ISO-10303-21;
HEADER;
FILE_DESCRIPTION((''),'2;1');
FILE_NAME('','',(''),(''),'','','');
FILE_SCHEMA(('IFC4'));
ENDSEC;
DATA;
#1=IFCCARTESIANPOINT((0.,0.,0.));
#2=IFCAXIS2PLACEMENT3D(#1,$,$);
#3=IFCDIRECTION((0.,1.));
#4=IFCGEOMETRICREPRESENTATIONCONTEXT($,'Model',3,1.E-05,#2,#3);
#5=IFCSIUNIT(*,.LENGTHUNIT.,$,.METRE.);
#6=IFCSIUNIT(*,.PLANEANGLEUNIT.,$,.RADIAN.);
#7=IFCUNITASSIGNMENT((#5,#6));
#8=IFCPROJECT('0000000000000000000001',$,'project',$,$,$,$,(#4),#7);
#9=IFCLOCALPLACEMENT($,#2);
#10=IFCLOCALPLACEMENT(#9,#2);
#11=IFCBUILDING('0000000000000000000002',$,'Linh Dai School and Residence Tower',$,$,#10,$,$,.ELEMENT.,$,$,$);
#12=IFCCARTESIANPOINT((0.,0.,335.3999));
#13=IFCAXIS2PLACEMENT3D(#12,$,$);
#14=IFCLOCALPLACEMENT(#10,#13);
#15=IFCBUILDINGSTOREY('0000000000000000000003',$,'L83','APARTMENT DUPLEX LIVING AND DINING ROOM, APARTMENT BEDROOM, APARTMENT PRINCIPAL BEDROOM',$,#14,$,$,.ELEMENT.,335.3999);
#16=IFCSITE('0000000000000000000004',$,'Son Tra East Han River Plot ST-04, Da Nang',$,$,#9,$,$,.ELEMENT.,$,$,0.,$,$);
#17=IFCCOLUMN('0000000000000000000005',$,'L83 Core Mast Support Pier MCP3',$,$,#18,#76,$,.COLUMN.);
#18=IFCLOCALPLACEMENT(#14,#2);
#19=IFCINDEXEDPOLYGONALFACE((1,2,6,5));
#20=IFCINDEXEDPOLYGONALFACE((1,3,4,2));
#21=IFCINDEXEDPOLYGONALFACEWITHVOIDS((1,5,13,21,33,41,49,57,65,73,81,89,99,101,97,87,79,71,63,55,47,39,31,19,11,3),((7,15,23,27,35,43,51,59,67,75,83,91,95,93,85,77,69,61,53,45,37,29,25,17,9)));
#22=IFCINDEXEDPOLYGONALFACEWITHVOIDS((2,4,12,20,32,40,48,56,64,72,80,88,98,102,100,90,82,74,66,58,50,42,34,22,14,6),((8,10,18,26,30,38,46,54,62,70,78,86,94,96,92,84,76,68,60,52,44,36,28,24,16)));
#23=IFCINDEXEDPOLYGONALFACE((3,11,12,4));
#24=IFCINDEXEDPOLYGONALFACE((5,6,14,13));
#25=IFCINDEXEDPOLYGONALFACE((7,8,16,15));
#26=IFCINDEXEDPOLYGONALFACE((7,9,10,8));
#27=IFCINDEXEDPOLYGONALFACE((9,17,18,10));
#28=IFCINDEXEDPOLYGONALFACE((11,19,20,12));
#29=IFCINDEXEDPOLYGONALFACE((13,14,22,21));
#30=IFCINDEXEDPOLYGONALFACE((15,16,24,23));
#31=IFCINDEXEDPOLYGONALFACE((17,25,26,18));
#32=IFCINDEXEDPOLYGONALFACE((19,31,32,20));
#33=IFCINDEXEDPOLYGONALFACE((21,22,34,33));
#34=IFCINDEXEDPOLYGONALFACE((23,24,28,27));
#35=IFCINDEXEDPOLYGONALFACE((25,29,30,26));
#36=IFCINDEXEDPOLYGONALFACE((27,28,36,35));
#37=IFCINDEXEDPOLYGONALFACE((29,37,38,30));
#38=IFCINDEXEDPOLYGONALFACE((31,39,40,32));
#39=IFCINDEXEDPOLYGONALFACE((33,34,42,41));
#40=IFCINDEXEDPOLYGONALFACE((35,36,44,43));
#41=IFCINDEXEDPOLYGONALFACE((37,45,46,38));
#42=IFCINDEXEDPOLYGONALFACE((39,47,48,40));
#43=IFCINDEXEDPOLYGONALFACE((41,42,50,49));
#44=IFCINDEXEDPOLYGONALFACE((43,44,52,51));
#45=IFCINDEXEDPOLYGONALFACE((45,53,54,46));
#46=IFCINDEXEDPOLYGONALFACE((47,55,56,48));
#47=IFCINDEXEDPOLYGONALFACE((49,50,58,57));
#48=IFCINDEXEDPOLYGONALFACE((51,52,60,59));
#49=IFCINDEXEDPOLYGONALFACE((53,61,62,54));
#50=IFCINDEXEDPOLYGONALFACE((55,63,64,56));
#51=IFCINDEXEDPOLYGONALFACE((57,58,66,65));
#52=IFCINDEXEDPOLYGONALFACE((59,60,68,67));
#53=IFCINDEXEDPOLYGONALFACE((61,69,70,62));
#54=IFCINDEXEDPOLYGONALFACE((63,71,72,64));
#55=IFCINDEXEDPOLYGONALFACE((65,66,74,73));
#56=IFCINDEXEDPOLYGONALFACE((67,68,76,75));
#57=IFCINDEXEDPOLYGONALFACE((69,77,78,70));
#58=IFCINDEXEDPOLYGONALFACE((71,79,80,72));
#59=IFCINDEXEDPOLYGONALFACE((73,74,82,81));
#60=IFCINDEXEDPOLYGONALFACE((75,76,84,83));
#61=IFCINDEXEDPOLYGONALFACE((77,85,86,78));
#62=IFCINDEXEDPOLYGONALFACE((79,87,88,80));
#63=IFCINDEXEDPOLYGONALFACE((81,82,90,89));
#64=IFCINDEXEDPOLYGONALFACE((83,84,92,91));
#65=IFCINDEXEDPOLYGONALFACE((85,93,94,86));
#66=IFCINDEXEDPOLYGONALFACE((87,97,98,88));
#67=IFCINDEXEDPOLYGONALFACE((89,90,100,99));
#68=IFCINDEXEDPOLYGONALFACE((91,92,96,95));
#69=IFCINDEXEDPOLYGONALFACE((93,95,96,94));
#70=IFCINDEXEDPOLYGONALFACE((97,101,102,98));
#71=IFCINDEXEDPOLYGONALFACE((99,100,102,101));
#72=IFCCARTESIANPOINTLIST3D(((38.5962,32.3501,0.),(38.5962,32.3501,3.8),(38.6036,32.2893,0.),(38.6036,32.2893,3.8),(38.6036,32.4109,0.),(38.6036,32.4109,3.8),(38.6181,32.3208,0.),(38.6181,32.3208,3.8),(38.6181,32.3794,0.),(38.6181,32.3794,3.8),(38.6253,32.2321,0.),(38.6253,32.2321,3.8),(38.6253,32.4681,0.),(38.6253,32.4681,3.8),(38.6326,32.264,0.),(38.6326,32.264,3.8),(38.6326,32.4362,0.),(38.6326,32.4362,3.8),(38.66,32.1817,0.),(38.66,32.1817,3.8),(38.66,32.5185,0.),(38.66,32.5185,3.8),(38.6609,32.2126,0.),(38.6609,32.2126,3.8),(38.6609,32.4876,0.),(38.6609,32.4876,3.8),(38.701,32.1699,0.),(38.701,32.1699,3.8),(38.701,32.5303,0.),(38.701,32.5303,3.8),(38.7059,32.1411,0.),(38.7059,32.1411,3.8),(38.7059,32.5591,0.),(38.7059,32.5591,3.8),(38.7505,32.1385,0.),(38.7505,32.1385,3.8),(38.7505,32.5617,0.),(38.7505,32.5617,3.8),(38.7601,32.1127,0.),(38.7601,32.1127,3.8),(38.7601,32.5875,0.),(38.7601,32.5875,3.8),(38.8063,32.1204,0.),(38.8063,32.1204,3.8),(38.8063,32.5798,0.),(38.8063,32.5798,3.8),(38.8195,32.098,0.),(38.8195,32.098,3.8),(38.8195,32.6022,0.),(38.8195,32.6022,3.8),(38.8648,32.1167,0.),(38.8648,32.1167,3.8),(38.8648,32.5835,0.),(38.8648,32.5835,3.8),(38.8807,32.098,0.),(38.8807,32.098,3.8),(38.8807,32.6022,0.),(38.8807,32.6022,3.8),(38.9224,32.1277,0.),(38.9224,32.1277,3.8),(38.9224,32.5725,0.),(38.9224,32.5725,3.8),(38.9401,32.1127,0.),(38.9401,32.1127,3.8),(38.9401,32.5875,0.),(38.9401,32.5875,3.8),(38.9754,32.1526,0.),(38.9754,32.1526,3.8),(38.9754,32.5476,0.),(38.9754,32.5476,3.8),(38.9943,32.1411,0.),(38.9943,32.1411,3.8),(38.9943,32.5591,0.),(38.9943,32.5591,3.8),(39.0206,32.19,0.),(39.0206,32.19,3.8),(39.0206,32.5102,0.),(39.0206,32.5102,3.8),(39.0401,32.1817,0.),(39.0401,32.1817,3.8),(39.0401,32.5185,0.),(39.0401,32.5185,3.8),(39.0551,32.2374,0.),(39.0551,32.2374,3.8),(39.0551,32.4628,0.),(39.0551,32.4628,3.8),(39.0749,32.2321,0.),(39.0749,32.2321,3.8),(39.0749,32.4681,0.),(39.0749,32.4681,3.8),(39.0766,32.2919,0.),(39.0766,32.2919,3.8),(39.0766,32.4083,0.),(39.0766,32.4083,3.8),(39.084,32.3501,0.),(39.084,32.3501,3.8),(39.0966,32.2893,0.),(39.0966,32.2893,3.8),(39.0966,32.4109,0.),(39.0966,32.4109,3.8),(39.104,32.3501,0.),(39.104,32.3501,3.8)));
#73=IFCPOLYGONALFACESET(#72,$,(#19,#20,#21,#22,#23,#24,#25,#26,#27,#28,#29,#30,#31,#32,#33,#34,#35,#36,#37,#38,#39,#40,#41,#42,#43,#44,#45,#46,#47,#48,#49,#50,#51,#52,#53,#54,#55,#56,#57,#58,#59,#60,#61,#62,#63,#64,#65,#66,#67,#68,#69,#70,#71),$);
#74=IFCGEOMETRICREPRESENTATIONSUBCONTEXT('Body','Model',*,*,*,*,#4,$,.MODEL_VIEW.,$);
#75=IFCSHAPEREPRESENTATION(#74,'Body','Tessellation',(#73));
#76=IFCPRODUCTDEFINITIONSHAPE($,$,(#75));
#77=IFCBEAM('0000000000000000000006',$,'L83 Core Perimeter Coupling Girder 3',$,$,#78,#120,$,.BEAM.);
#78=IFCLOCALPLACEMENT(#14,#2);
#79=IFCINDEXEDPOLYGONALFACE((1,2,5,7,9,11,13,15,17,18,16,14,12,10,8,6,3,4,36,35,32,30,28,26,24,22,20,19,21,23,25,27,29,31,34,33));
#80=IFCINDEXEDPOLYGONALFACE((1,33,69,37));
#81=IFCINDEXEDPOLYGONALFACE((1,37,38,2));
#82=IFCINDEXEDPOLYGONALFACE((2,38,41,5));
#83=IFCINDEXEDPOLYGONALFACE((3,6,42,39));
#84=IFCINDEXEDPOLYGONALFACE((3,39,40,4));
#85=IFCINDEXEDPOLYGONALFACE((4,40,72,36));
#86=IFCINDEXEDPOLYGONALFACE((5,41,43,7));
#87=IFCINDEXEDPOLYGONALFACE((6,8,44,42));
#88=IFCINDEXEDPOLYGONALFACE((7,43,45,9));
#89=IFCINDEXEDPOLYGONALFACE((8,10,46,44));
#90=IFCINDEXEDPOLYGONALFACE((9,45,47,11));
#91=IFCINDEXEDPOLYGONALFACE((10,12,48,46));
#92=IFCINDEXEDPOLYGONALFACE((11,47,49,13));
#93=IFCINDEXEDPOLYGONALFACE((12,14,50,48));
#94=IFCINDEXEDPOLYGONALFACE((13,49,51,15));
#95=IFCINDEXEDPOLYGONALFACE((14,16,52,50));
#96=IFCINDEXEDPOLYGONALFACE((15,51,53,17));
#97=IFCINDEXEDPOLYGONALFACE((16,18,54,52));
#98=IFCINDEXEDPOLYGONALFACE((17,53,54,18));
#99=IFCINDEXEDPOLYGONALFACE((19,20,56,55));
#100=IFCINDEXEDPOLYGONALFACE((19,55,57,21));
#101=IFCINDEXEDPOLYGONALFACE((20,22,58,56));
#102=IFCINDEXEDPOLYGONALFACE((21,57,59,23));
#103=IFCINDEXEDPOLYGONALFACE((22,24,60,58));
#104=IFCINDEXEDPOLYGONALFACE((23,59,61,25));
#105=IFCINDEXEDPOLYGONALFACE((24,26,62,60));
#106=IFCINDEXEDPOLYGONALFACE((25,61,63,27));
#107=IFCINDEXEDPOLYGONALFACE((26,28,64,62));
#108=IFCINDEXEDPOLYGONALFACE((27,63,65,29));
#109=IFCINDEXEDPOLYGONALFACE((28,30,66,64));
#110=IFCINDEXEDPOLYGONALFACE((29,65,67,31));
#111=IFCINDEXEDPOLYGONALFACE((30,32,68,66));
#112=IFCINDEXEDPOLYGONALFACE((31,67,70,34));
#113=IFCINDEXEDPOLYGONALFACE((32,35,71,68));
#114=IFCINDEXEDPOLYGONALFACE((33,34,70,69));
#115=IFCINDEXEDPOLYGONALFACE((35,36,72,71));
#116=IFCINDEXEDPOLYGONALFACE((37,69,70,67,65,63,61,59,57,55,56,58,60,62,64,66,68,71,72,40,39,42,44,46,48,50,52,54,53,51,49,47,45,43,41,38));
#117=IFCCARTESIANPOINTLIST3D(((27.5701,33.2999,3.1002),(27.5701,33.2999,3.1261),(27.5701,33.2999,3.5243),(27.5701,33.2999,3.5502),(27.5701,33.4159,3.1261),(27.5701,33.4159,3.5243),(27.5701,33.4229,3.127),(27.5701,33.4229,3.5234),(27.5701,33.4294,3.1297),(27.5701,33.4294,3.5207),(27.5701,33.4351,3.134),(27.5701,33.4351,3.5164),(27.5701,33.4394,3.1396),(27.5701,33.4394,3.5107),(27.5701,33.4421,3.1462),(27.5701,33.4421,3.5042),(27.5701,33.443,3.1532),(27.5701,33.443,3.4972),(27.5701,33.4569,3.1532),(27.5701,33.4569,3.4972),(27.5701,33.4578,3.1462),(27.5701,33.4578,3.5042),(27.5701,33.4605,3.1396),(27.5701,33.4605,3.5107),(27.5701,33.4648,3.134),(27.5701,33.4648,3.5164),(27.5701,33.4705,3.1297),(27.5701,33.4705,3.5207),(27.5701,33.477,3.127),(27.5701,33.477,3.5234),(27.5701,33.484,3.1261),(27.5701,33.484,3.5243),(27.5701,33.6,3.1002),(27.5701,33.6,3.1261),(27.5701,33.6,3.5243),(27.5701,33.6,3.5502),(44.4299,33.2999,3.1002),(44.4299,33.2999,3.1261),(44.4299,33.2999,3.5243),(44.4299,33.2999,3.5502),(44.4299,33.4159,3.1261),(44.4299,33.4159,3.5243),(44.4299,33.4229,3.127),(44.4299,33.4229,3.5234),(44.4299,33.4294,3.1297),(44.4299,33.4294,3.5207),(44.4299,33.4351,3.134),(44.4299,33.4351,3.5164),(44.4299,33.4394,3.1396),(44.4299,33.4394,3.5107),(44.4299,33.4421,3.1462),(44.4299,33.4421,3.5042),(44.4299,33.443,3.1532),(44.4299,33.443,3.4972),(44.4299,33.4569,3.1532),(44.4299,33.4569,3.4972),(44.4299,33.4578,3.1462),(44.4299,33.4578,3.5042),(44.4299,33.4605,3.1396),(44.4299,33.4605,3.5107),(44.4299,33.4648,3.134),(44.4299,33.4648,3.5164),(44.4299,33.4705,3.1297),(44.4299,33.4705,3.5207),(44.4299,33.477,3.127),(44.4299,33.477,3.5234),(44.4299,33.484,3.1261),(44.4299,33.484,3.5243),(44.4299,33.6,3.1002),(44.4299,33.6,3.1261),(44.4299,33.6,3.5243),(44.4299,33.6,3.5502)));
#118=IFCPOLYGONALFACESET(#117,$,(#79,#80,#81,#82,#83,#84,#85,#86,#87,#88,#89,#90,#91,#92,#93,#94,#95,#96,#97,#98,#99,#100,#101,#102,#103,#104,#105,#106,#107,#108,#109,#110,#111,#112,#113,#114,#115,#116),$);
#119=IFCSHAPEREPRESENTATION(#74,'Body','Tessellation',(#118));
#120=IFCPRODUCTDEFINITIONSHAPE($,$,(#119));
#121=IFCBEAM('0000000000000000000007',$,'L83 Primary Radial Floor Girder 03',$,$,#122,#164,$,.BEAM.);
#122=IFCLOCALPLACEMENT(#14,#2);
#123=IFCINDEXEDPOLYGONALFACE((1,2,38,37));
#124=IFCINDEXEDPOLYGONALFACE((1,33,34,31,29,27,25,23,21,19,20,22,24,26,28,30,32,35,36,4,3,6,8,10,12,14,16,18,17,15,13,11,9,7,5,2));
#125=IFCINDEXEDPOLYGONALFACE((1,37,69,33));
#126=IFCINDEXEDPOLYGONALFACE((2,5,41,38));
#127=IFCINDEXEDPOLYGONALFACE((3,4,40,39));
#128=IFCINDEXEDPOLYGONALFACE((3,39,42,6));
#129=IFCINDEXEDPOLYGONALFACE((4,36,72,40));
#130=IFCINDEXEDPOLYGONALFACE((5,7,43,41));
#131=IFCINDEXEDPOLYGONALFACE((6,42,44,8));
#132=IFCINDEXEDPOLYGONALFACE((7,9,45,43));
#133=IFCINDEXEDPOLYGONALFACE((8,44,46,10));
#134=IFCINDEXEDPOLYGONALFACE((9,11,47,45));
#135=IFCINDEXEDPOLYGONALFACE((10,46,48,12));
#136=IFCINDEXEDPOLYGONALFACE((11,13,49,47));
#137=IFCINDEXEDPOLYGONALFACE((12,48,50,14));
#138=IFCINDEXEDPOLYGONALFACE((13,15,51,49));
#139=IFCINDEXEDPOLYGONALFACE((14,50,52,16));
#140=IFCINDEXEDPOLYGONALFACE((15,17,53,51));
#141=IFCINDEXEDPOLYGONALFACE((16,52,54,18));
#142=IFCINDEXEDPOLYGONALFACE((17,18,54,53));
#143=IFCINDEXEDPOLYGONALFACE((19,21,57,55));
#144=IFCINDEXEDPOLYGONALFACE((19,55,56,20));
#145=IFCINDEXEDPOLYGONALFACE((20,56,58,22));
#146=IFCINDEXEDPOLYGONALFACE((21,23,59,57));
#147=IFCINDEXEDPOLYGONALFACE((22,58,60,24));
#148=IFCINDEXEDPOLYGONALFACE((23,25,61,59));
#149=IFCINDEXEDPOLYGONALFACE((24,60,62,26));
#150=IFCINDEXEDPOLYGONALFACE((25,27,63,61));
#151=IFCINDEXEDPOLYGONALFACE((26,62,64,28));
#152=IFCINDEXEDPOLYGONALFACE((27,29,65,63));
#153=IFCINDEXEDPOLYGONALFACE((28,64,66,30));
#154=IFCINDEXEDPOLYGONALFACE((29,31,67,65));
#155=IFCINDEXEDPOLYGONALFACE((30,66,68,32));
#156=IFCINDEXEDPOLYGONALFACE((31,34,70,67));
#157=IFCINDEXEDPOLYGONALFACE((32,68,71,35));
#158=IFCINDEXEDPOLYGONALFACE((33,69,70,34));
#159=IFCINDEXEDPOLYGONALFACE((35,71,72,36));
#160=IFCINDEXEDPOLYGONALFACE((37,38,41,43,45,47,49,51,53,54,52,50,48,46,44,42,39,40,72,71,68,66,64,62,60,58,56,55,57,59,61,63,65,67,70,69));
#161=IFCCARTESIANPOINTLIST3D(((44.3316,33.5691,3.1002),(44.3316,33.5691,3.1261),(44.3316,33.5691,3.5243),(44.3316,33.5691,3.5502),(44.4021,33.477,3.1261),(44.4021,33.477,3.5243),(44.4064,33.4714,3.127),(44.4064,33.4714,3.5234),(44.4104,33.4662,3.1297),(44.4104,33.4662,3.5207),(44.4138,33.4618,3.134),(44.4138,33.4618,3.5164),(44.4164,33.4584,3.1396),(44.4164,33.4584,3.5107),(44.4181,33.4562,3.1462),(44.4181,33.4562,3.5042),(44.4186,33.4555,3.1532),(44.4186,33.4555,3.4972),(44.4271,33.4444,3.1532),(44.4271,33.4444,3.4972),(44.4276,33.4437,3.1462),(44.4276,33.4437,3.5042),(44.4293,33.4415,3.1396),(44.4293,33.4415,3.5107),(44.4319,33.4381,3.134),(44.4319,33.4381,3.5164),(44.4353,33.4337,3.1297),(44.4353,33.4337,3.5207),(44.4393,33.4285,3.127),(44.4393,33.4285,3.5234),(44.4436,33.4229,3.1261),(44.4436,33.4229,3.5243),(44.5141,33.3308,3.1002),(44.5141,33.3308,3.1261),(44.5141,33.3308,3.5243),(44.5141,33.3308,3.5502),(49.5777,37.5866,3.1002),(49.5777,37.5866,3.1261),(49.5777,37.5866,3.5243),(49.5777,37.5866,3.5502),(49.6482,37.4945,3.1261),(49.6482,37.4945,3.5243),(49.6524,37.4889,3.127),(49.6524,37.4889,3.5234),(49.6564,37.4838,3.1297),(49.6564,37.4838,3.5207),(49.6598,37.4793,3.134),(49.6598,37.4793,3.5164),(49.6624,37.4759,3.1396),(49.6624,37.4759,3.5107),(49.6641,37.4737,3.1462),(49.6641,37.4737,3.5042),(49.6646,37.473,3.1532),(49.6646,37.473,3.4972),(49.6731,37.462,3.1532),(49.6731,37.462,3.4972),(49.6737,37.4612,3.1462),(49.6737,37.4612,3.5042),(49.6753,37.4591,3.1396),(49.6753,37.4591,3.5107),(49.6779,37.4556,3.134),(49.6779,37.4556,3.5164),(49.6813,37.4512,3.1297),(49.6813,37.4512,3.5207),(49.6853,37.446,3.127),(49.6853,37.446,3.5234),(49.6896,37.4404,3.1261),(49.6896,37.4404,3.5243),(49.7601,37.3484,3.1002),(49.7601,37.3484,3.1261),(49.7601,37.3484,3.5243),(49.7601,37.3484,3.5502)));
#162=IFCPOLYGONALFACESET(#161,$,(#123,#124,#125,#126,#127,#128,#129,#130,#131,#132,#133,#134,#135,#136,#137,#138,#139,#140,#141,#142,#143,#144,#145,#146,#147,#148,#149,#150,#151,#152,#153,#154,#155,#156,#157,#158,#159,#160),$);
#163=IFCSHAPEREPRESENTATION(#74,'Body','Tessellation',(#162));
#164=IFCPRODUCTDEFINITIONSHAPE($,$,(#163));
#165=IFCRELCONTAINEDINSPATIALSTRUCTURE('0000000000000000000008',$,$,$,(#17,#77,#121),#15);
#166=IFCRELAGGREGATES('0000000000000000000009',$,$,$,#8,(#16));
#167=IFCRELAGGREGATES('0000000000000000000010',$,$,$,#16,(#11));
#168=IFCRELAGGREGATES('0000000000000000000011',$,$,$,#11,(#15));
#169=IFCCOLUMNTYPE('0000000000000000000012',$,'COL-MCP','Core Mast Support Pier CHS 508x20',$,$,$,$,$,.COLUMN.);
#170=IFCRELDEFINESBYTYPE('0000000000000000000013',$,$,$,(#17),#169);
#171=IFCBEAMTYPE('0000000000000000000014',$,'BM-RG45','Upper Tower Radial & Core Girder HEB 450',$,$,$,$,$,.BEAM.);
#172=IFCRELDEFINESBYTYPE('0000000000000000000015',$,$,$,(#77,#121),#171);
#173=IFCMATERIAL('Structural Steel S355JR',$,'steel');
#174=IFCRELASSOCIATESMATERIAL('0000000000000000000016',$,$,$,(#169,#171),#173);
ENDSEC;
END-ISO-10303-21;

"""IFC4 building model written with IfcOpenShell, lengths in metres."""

from ifc_helpers import new_model, si_unit, direction, frame, origin, origin_2d, place, context, subcontext, project, spatial, hollow_circle, i_section, extrude, material, material_profile, profile_set, type_object, element, save


model = new_model("IFC4")

# Units and contexts
model_context = context("Model", 3, precision=1e-05, world=origin(), true_north=direction((0.0, 1.0)))
body_context = subcontext(model_context, "Body", "Model", "MODEL_VIEW")
ifc_project = project(units=[si_unit("LENGTHUNIT", "METRE"), si_unit("PLANEANGLEUNIT", "RADIAN")], contexts=[model_context])

# Site, building, storey
site_placement = place(None, origin())
site = spatial("IfcSite", under=ifc_project, at=site_placement, Name="Son Tra East Han River Plot ST-04, Da Nang", CompositionType="ELEMENT", RefElevation=0.0)
building_placement = place(site_placement, origin())
building = spatial("IfcBuilding", under=site, at=building_placement, Name="Linh Dai School and Residence Tower", CompositionType="ELEMENT")
storey_placement = place(building_placement, frame((0.0, 0.0, 335.3999)))
storey = spatial("IfcBuildingStorey", under=building, at=storey_placement, Name="L83", Description="APARTMENT DUPLEX LIVING AND DINING ROOM, APARTMENT BEDROOM, APARTMENT PRINCIPAL BEDROOM", CompositionType="ELEMENT", Elevation=335.3999)

# Column
ifc_material_1 = material(Name="Structural Steel S355JR", Category="steel")
ifc_material_profile_1 = material_profile(ifc_material_1, hollow_circle(Radius=0.2539, WallThickness=0.02, at=origin_2d()), Name="CHS 508x20")
ifc_profile_set_1 = profile_set([ifc_material_profile_1], Name="Structural Steel S355JR")
column_type = type_object("IfcColumnType", Name="COL-MCP", Description="Core Mast Support Pier CHS 508x20", PredefinedType="COLUMN", material=ifc_profile_set_1)
column_placement = place(storey_placement, frame((38.8501, 32.3501, 0.0), z_axis=(0.0, 0.0, 1.0), x_axis=(1.0, 0.0, 0.0)))
element("IfcColumn", 1, at=column_placement, inside=storey, type_object=column_type, Name="L83 Core Mast Support Pier MCP3", PredefinedType="COLUMN", context=body_context, shape_type="SweptSolid", body=[
    extrude(hollow_circle(Radius=0.2539, WallThickness=0.02, at=origin_2d()), origin(), (0.0, 0.0, 1.0), 3.8),
])

# Beams
ifc_material_profile_2 = material_profile(ifc_material_1, i_section(OverallWidth=0.3, OverallDepth=0.45, WebThickness=0.0139, FlangeThickness=0.0259, FilletRadius=0.0271, at=origin_2d()), Name="HEB 450")
ifc_profile_set_2 = profile_set([ifc_material_profile_2], Name="Structural Steel S355JR")
beam_type_1 = type_object("IfcBeamType", Name="BM-RG45", Description="Upper Tower Radial & Core Girder HEB 450", PredefinedType="BEAM", material=ifc_profile_set_2)
beam_1_placement = place(storey_placement, frame((44.4299, 33.45, 3.3252), z_axis=(-1.0, 0.0, 0.0), x_axis=(0.0, -1.0, 0.0)))
element("IfcBeam", 2, at=beam_1_placement, inside=storey, type_object=beam_type_1, Name="L83 Core Perimeter Coupling Girder 3", PredefinedType="BEAM", context=body_context, shape_type="SweptSolid", body=[
    extrude(i_section(OverallWidth=0.3, OverallDepth=0.45, WebThickness=0.0139, FlangeThickness=0.0259, FilletRadius=0.0271, at=origin_2d()), origin(), (0.0, 0.0, 1.0), 16.8599),
])
beam_2_placement = place(storey_placement, frame((44.4229, 33.45, 3.3252), z_axis=(0.79393, 0.608009, 0.0), x_axis=(-0.608009, 0.79393, 0.0)))
element("IfcBeam", 3, at=beam_2_placement, inside=storey, type_object=beam_type_1, Name="L83 Primary Radial Floor Girder 03", PredefinedType="BEAM", context=body_context, shape_type="SweptSolid", body=[
    extrude(i_section(OverallWidth=0.3, OverallDepth=0.45, WebThickness=0.0139, FlangeThickness=0.0259, FilletRadius=0.0271, at=origin_2d()), origin(), (0.0, 0.0, 1.0), 6.6077),
])

save(model, "model.ifc")
